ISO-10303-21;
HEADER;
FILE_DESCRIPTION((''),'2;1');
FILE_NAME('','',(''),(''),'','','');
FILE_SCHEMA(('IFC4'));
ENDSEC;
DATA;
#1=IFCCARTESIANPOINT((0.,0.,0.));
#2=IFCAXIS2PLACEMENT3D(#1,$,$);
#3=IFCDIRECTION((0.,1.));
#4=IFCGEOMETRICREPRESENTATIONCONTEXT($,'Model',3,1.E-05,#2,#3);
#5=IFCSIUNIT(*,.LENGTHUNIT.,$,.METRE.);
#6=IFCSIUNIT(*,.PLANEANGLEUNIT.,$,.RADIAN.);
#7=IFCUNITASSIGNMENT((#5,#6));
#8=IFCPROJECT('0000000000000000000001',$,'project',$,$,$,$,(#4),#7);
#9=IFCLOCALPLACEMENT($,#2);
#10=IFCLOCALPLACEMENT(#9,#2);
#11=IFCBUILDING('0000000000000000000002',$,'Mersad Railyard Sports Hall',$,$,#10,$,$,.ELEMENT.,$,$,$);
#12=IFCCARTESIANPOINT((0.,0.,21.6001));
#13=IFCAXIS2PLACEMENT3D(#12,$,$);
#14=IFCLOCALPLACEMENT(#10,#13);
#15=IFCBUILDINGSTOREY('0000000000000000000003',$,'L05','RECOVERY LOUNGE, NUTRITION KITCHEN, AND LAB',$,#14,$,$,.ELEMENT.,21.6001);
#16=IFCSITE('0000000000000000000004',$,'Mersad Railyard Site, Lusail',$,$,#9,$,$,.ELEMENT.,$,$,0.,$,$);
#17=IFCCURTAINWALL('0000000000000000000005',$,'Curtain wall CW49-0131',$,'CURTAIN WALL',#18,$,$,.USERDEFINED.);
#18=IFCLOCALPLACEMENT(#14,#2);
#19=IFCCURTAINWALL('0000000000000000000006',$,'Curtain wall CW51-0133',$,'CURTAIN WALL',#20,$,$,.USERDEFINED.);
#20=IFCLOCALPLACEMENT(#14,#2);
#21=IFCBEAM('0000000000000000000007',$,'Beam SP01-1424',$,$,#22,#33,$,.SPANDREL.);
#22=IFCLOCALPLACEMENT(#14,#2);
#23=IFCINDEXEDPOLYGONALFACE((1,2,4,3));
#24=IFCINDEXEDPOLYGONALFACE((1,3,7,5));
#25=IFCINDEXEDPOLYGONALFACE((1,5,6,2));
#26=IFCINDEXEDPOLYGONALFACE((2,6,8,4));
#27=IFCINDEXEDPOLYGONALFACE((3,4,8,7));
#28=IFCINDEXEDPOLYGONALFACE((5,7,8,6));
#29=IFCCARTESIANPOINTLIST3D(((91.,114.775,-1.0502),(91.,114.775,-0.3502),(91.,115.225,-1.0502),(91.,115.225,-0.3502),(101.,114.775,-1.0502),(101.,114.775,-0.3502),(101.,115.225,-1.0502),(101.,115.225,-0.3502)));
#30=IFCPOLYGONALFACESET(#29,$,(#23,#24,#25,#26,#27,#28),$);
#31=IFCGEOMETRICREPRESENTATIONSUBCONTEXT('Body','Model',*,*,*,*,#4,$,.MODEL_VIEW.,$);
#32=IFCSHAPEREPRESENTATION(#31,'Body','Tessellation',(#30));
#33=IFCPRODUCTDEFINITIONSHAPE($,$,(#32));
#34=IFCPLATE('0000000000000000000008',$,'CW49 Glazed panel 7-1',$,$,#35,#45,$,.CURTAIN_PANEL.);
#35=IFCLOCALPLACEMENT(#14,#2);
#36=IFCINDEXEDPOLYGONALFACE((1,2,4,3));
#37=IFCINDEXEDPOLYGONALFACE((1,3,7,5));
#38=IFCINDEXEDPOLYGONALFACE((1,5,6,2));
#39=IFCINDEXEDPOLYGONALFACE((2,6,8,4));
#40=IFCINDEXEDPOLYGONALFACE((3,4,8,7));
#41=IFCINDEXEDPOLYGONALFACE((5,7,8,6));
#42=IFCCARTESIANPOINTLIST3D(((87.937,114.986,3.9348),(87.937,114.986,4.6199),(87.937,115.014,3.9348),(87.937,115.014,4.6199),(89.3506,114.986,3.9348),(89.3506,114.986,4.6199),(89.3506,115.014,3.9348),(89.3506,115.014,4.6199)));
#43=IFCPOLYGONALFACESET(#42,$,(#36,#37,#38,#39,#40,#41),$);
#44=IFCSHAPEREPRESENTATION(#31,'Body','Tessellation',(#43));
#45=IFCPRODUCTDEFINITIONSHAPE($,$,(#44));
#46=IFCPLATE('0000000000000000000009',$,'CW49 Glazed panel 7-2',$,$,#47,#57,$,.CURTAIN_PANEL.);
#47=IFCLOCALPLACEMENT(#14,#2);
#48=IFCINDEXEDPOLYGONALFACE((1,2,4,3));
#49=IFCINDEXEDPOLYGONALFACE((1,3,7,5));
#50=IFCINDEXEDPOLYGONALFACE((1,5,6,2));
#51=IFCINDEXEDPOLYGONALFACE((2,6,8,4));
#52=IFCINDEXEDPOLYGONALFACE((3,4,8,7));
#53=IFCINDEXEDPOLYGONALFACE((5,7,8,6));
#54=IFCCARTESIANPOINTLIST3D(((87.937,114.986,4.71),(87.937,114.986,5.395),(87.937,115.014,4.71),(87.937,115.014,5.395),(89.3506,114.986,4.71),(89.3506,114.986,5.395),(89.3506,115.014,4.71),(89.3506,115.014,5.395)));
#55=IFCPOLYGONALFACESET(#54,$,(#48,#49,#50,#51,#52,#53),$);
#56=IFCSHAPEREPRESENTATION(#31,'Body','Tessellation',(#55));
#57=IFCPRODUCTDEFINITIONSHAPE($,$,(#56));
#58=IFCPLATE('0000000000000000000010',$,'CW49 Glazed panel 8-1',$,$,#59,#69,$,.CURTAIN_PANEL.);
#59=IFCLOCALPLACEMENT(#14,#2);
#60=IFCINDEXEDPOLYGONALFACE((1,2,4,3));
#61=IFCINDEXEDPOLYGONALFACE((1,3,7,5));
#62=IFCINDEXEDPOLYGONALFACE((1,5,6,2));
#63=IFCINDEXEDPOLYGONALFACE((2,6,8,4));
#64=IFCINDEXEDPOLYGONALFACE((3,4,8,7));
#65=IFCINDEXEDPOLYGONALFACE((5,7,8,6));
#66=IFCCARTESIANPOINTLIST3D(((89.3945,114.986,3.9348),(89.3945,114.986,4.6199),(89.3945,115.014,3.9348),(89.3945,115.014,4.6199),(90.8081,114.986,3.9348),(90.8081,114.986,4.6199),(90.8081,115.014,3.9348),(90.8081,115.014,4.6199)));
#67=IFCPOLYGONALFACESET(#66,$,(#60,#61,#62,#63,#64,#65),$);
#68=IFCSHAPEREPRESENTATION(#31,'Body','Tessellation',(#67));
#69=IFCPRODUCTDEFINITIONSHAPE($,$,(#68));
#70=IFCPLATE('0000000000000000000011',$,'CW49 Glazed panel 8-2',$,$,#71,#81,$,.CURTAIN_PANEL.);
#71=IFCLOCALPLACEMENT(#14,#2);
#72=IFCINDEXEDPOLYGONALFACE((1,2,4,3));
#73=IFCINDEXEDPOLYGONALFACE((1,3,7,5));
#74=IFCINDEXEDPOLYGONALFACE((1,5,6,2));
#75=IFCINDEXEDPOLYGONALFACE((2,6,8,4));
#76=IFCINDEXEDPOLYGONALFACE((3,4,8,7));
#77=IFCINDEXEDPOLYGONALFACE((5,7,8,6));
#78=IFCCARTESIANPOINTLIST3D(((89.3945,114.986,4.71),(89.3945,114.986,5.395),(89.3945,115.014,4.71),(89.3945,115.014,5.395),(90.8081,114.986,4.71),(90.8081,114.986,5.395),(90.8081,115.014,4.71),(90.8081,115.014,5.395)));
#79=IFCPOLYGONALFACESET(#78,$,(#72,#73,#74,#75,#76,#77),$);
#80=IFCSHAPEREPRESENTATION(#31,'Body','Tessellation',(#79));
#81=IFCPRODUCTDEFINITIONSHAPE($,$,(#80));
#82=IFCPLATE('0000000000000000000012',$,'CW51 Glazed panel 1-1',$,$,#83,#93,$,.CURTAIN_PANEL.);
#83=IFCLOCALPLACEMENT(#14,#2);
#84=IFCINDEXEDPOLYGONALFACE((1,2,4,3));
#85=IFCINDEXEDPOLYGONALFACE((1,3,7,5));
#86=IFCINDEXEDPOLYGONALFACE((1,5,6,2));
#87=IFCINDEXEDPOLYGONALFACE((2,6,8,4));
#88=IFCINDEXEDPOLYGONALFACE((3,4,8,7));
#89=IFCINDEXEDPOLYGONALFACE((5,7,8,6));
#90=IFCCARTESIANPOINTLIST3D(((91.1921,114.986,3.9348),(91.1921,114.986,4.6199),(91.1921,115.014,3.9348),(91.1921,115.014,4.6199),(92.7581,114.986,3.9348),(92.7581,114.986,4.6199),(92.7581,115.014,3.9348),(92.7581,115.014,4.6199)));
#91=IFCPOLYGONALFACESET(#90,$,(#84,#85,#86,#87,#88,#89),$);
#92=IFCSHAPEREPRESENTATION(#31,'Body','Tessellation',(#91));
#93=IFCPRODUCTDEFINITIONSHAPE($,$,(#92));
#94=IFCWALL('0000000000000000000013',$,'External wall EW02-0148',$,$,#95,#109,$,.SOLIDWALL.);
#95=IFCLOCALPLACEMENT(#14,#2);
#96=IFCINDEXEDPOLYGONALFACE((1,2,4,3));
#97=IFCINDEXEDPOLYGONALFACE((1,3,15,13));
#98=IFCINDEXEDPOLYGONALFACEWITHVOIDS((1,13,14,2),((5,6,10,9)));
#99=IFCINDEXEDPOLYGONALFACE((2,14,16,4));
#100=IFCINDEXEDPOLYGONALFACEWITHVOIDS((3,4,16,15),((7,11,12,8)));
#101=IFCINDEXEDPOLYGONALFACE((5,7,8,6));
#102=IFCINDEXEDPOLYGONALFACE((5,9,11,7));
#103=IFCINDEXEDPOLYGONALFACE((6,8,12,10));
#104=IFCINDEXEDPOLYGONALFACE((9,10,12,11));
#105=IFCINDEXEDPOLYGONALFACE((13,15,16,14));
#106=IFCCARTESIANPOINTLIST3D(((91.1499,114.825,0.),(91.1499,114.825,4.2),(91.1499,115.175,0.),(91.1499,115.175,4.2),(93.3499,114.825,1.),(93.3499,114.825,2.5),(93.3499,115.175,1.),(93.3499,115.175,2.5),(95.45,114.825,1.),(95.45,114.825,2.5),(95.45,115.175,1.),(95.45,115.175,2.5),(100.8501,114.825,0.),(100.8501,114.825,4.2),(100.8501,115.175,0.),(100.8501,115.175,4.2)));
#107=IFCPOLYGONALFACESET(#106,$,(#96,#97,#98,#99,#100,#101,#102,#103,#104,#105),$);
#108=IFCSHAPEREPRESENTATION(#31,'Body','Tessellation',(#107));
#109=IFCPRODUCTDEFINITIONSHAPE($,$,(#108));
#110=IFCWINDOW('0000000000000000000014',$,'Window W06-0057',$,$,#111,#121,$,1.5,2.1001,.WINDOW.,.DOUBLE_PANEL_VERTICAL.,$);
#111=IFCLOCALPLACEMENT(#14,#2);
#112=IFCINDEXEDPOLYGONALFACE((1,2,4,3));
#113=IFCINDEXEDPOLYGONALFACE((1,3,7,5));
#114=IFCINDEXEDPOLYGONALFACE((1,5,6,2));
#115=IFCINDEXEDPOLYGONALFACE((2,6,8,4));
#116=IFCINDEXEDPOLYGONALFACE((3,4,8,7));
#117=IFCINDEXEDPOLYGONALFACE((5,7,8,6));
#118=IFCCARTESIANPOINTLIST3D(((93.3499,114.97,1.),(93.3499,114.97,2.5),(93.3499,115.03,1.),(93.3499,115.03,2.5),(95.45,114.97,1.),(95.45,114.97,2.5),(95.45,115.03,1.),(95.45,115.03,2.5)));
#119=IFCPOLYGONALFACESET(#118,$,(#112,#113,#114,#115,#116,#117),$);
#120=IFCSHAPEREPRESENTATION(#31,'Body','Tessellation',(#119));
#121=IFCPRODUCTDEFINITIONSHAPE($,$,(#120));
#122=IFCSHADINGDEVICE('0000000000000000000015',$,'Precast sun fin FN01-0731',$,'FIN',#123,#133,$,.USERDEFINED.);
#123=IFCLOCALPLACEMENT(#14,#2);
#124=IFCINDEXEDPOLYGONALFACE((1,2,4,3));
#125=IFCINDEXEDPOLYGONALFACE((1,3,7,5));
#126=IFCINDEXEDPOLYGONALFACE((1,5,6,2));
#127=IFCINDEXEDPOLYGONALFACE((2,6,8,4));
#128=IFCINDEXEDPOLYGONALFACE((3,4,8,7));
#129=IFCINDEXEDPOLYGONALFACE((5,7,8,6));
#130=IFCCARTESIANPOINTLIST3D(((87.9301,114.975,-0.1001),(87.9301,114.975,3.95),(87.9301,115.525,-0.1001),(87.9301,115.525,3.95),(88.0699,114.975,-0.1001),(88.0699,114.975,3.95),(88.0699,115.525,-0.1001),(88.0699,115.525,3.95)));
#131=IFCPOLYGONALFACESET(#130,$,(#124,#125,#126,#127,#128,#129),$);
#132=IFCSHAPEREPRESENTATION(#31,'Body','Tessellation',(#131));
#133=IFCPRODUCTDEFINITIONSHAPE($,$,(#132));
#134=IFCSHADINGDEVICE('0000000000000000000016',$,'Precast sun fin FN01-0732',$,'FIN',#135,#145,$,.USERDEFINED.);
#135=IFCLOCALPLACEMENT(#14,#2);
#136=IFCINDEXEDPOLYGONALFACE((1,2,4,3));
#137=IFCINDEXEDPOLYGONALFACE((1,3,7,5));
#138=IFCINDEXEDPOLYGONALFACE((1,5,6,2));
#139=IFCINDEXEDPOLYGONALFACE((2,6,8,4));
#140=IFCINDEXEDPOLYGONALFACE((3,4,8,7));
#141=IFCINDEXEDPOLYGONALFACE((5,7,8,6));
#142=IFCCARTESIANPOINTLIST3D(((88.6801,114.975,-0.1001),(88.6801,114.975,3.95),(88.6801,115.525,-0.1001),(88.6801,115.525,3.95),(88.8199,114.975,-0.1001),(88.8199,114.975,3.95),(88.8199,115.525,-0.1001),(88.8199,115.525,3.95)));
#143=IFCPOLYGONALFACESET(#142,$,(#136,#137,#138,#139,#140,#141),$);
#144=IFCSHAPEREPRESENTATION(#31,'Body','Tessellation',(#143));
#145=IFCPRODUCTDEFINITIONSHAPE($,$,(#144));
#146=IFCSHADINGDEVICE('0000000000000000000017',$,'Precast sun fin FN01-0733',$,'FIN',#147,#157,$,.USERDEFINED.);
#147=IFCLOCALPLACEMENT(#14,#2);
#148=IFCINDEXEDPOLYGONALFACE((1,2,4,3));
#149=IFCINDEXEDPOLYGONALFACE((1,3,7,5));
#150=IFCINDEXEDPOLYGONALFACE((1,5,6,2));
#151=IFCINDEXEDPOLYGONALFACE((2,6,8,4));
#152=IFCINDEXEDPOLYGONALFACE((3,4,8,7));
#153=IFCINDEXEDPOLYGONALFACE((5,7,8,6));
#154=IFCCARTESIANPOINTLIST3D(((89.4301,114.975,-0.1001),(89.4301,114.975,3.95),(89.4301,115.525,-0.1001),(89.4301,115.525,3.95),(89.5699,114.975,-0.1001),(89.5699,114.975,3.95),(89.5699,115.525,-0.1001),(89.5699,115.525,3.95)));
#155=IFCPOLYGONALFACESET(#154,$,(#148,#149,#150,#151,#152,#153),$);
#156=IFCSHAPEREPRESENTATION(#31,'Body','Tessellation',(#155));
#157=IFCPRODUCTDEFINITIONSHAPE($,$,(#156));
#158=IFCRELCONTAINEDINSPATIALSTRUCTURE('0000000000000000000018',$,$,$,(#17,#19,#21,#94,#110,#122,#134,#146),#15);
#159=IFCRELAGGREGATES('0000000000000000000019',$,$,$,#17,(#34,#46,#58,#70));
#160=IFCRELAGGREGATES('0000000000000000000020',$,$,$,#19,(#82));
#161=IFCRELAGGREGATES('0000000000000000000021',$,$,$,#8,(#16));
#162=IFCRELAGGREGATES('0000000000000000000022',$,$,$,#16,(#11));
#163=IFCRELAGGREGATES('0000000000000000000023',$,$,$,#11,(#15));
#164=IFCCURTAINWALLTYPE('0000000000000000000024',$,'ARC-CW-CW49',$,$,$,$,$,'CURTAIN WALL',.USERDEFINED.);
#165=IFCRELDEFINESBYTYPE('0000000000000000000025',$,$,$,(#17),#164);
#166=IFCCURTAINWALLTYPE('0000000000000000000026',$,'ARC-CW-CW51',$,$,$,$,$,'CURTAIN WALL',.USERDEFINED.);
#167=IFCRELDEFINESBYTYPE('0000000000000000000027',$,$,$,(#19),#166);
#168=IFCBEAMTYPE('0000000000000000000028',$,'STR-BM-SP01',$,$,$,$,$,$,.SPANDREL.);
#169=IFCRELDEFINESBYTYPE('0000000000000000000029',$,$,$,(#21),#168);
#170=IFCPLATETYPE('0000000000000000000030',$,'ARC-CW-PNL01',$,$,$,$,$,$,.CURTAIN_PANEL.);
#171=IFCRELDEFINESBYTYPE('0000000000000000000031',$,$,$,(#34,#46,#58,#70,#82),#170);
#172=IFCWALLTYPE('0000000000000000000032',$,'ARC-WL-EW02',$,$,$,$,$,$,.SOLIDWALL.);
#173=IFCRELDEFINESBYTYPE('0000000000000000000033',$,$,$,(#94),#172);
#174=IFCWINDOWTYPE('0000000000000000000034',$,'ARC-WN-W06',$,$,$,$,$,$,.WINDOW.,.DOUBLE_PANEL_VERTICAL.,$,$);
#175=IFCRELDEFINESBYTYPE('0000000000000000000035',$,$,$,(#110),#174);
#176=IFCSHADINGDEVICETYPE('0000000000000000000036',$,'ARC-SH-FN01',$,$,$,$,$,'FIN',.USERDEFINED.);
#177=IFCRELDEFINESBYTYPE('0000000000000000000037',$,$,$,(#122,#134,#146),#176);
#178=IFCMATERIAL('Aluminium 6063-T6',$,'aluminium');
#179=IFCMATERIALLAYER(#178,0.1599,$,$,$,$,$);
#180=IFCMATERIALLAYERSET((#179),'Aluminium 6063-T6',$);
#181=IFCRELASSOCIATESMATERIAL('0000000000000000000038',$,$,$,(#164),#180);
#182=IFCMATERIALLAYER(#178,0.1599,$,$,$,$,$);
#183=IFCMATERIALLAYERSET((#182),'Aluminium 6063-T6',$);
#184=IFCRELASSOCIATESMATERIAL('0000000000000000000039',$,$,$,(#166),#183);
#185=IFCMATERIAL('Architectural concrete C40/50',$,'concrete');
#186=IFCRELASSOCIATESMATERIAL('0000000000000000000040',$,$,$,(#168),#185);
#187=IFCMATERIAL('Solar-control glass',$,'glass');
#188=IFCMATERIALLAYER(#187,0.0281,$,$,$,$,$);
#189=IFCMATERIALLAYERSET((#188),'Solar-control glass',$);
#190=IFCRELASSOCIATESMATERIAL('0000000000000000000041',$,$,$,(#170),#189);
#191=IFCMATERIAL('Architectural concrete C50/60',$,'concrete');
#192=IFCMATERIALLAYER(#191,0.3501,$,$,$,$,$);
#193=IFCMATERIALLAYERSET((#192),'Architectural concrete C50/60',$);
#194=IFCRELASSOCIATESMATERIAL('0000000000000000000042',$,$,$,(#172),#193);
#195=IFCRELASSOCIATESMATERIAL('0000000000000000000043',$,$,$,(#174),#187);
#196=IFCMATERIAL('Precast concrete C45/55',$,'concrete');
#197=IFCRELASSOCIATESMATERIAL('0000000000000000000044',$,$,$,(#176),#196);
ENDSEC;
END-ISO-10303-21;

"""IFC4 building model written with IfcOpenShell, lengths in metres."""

from ifc_helpers import new_model, si_unit, direction, frame, frame_2d, origin, origin_2d, place, context, subcontext, project, spatial, rectangle, extrude, material, layer, layer_set, material_profile, profile_set, type_object, element, fill, aggregate, save


model = new_model("IFC4")

# Units and contexts
model_context = context("Model", 3, precision=1e-05, world=origin(), true_north=direction((0.0, 1.0)))
body_context = subcontext(model_context, "Body", "Model", "MODEL_VIEW")
ifc_project = project(units=[si_unit("LENGTHUNIT", "METRE"), si_unit("PLANEANGLEUNIT", "RADIAN")], contexts=[model_context])

# Site, building, storey
site_placement = place(None, origin())
site = spatial("IfcSite", under=ifc_project, at=site_placement, Name="Mersad Railyard Site, Lusail", CompositionType="ELEMENT", RefElevation=0.0)
building_placement = place(site_placement, origin())
building = spatial("IfcBuilding", under=site, at=building_placement, Name="Mersad Railyard Sports Hall", CompositionType="ELEMENT")
storey_placement = place(building_placement, frame((0.0, 0.0, 21.6001)))
storey = spatial("IfcBuildingStorey", under=building, at=storey_placement, Name="L05", Description="RECOVERY LOUNGE, NUTRITION KITCHEN, AND LAB", CompositionType="ELEMENT", Elevation=21.6001)

# Curtain wall
ifc_material_1 = material(Name="Aluminium 6063-T6", Category="aluminium")
ifc_layer_1 = layer(ifc_material_1, 0.1599)
ifc_layer_set_1 = layer_set([ifc_layer_1], Name="Aluminium 6063-T6")
curtain_wall_type_1 = type_object("IfcCurtainWallType", Name="ARC-CW-CW49", ElementType="CURTAIN WALL", PredefinedType="USERDEFINED", material=ifc_layer_set_1)
curtain_wall_1_placement = place(storey_placement, origin())
curtain_wall_1 = element("IfcCurtainWall", 1, at=curtain_wall_1_placement, inside=storey, type_object=curtain_wall_type_1, Name="Curtain wall CW49-0131", ObjectType="CURTAIN WALL", PredefinedType="USERDEFINED")

# Curtain wall
ifc_layer_2 = layer(ifc_material_1, 0.1599)
ifc_layer_set_2 = layer_set([ifc_layer_2], Name="Aluminium 6063-T6")
curtain_wall_type_2 = type_object("IfcCurtainWallType", Name="ARC-CW-CW51", ElementType="CURTAIN WALL", PredefinedType="USERDEFINED", material=ifc_layer_set_2)
curtain_wall_2_placement = place(storey_placement, origin())
curtain_wall_2 = element("IfcCurtainWall", 2, at=curtain_wall_2_placement, inside=storey, type_object=curtain_wall_type_2, Name="Curtain wall CW51-0133", ObjectType="CURTAIN WALL", PredefinedType="USERDEFINED")

# Beam
ifc_material_2 = material(Name="Architectural concrete C40/50", Category="concrete")
ifc_material_profile_1 = material_profile(ifc_material_2, rectangle(XDim=0.45, YDim=0.7, at=origin_2d()), Name="RC 450x700")
ifc_profile_set_1 = profile_set([ifc_material_profile_1], Name="Architectural concrete C40/50")
beam_type = type_object("IfcBeamType", Name="STR-BM-SP01", PredefinedType="SPANDREL", material=ifc_profile_set_1)
beam_placement = place(storey_placement, frame((91.0, 115.0, -0.7002), z_axis=(1.0, 0.0, 0.0), x_axis=(0.0, 1.0, 0.0)))
element("IfcBeam", 3, at=beam_placement, inside=storey, type_object=beam_type, Name="Beam SP01-1424", PredefinedType="SPANDREL", context=body_context, shape_type="SweptSolid", body=[
    extrude(rectangle(XDim=0.45, YDim=0.7, at=origin_2d()), origin(), (0.0, 0.0, 1.0), 10.0),
])

# Plates
ifc_material_3 = material(Name="Solar-control glass", Category="glass")
ifc_layer_3 = layer(ifc_material_3, 0.0281)
ifc_layer_set_3 = layer_set([ifc_layer_3], Name="Solar-control glass")
plate_type = type_object("IfcPlateType", Name="ARC-CW-PNL01", PredefinedType="CURTAIN_PANEL", material=ifc_layer_set_3)
plate_1_placement = place(storey_placement, frame((88.6438, 115.0, 3.9348), z_axis=(0.0, 0.0, 1.0), x_axis=(1.0, 0.0, 0.0)))
plate_1 = element("IfcPlate", 4, at=plate_1_placement, type_object=plate_type, Name="CW49 Glazed panel 7-1", PredefinedType="CURTAIN_PANEL", context=body_context, shape_type="SweptSolid", body=[
    extrude(rectangle(XDim=1.4136, YDim=0.0281, at=origin_2d()), origin(), (0.0, 0.0, 1.0), 0.6851),
])
plate_2_placement = place(storey_placement, frame((88.6438, 115.0, 4.71), z_axis=(0.0, 0.0, 1.0), x_axis=(1.0, 0.0, 0.0)))
plate_2 = element("IfcPlate", 5, at=plate_2_placement, type_object=plate_type, Name="CW49 Glazed panel 7-2", PredefinedType="CURTAIN_PANEL", context=body_context, shape_type="SweptSolid", body=[
    extrude(rectangle(XDim=1.4136, YDim=0.0281, at=origin_2d()), origin(), (0.0, 0.0, 1.0), 0.6851),
])
plate_3_placement = place(storey_placement, frame((90.1013, 115.0, 3.9348), z_axis=(0.0, 0.0, 1.0), x_axis=(1.0, 0.0, 0.0)))
plate_3 = element("IfcPlate", 6, at=plate_3_placement, type_object=plate_type, Name="CW49 Glazed panel 8-1", PredefinedType="CURTAIN_PANEL", context=body_context, shape_type="SweptSolid", body=[
    extrude(rectangle(XDim=1.4136, YDim=0.0281, at=origin_2d()), origin(), (0.0, 0.0, 1.0), 0.6851),
])
plate_4_placement = place(storey_placement, frame((90.1013, 115.0, 4.71), z_axis=(0.0, 0.0, 1.0), x_axis=(1.0, 0.0, 0.0)))
plate_4 = element("IfcPlate", 7, at=plate_4_placement, type_object=plate_type, Name="CW49 Glazed panel 8-2", PredefinedType="CURTAIN_PANEL", context=body_context, shape_type="SweptSolid", body=[
    extrude(rectangle(XDim=1.4136, YDim=0.0281, at=origin_2d()), origin(), (0.0, 0.0, 1.0), 0.6851),
])
aggregate(curtain_wall_1, [plate_1, plate_2, plate_3, plate_4])
plate_5_placement = place(storey_placement, frame((91.9751, 115.0, 3.9348), z_axis=(0.0, 0.0, 1.0), x_axis=(1.0, 0.0, 0.0)))
plate_5 = element("IfcPlate", 8, at=plate_5_placement, type_object=plate_type, Name="CW51 Glazed panel 1-1", PredefinedType="CURTAIN_PANEL", context=body_context, shape_type="SweptSolid", body=[
    extrude(rectangle(XDim=1.5659, YDim=0.0281, at=origin_2d()), origin(), (0.0, 0.0, 1.0), 0.6851),
])
aggregate(curtain_wall_2, [plate_5])

# Wall, opening, window
ifc_material_4 = material(Name="Architectural concrete C50/60", Category="concrete")
ifc_layer_4 = layer(ifc_material_4, 0.3501)
ifc_layer_set_4 = layer_set([ifc_layer_4], Name="Architectural concrete C50/60")
wall_type = type_object("IfcWallType", Name="ARC-WL-EW02", PredefinedType="SOLIDWALL", material=ifc_layer_set_4)
wall_placement = place(storey_placement, frame((91.1499, 115.0, 0.0), z_axis=(0.0, 0.0, 1.0), x_axis=(1.0, 0.0, 0.0)))
wall = element("IfcWall", 9, at=wall_placement, inside=storey, type_object=wall_type, Name="External wall EW02-0148", PredefinedType="SOLIDWALL", context=body_context, shape_type="SweptSolid", body=[
    extrude(rectangle(XDim=9.7002, YDim=0.3501, at=frame_2d((4.8501, 0.0))), origin(), (0.0, 0.0, 1.0), 4.2),
])
opening_placement = place(wall_placement, frame((2.2, 0.0, 1.0)))
opening = element("IfcOpeningElement", 10, at=opening_placement, cuts=wall, PredefinedType="OPENING", context=body_context, shape_type="SweptSolid", body=[
    extrude(rectangle(XDim=2.1001, YDim=1.5, at=frame_2d((1.05, 0.75))), frame((0.0, 0.1851, 0.0), z_axis=(0.0, -1.0, 0.0), x_axis=(1.0, 0.0, 0.0)), (0.0, 0.0, 1.0), 0.3701),
])
window_type = type_object("IfcWindowType", Name="ARC-WN-W06", PartitioningType="DOUBLE_PANEL_VERTICAL", PredefinedType="WINDOW", material=ifc_material_3)
window_placement = place(opening_placement, origin())
window = element("IfcWindow", 11, at=window_placement, inside=storey, type_object=window_type, Name="Window W06-0057", OverallHeight=1.5, OverallWidth=2.1001, PartitioningType="DOUBLE_PANEL_VERTICAL", PredefinedType="WINDOW", context=body_context, shape_type="SweptSolid", body=[
    extrude(rectangle(XDim=2.1001, YDim=1.5, at=frame_2d((1.05, 0.75))), frame((0.0, 0.03, 0.0), z_axis=(0.0, -1.0, 0.0), x_axis=(1.0, 0.0, 0.0)), (0.0, 0.0, 1.0), 0.0601),
])
fill(opening, window)

# Shading devices
ifc_material_5 = material(Name="Precast concrete C45/55", Category="concrete")
shading_device_type = type_object("IfcShadingDeviceType", Name="ARC-SH-FN01", ElementType="FIN", PredefinedType="USERDEFINED", material=ifc_material_5)
for number, where, z_axis, x_axis, name in (
    (12, (88.0, 115.25, -0.1001), (0.0, 0.0, 1.0), (1.0, 0.0, 0.0), "Precast sun fin FN01-0731"),
    (13, (88.75, 115.25, -0.1001), (0.0, 0.0, 1.0), (1.0, 0.0, 0.0), "Precast sun fin FN01-0732"),
    (14, (89.5, 115.25, -0.1001), (0.0, 0.0, 1.0), (1.0, 0.0, 0.0), "Precast sun fin FN01-0733"),
):
    element("IfcShadingDevice", number, at=place(storey_placement, frame(where, z_axis=z_axis, x_axis=x_axis)), inside=storey, type_object=shading_device_type, Name=name, ObjectType="FIN", PredefinedType="USERDEFINED", context=body_context, shape_type="SweptSolid", body=[
        extrude(rectangle(XDim=0.1399, YDim=0.55, at=origin_2d()), origin(), (0.0, 0.0, 1.0), 4.05),
    ])

save(model, "model.ifc")
